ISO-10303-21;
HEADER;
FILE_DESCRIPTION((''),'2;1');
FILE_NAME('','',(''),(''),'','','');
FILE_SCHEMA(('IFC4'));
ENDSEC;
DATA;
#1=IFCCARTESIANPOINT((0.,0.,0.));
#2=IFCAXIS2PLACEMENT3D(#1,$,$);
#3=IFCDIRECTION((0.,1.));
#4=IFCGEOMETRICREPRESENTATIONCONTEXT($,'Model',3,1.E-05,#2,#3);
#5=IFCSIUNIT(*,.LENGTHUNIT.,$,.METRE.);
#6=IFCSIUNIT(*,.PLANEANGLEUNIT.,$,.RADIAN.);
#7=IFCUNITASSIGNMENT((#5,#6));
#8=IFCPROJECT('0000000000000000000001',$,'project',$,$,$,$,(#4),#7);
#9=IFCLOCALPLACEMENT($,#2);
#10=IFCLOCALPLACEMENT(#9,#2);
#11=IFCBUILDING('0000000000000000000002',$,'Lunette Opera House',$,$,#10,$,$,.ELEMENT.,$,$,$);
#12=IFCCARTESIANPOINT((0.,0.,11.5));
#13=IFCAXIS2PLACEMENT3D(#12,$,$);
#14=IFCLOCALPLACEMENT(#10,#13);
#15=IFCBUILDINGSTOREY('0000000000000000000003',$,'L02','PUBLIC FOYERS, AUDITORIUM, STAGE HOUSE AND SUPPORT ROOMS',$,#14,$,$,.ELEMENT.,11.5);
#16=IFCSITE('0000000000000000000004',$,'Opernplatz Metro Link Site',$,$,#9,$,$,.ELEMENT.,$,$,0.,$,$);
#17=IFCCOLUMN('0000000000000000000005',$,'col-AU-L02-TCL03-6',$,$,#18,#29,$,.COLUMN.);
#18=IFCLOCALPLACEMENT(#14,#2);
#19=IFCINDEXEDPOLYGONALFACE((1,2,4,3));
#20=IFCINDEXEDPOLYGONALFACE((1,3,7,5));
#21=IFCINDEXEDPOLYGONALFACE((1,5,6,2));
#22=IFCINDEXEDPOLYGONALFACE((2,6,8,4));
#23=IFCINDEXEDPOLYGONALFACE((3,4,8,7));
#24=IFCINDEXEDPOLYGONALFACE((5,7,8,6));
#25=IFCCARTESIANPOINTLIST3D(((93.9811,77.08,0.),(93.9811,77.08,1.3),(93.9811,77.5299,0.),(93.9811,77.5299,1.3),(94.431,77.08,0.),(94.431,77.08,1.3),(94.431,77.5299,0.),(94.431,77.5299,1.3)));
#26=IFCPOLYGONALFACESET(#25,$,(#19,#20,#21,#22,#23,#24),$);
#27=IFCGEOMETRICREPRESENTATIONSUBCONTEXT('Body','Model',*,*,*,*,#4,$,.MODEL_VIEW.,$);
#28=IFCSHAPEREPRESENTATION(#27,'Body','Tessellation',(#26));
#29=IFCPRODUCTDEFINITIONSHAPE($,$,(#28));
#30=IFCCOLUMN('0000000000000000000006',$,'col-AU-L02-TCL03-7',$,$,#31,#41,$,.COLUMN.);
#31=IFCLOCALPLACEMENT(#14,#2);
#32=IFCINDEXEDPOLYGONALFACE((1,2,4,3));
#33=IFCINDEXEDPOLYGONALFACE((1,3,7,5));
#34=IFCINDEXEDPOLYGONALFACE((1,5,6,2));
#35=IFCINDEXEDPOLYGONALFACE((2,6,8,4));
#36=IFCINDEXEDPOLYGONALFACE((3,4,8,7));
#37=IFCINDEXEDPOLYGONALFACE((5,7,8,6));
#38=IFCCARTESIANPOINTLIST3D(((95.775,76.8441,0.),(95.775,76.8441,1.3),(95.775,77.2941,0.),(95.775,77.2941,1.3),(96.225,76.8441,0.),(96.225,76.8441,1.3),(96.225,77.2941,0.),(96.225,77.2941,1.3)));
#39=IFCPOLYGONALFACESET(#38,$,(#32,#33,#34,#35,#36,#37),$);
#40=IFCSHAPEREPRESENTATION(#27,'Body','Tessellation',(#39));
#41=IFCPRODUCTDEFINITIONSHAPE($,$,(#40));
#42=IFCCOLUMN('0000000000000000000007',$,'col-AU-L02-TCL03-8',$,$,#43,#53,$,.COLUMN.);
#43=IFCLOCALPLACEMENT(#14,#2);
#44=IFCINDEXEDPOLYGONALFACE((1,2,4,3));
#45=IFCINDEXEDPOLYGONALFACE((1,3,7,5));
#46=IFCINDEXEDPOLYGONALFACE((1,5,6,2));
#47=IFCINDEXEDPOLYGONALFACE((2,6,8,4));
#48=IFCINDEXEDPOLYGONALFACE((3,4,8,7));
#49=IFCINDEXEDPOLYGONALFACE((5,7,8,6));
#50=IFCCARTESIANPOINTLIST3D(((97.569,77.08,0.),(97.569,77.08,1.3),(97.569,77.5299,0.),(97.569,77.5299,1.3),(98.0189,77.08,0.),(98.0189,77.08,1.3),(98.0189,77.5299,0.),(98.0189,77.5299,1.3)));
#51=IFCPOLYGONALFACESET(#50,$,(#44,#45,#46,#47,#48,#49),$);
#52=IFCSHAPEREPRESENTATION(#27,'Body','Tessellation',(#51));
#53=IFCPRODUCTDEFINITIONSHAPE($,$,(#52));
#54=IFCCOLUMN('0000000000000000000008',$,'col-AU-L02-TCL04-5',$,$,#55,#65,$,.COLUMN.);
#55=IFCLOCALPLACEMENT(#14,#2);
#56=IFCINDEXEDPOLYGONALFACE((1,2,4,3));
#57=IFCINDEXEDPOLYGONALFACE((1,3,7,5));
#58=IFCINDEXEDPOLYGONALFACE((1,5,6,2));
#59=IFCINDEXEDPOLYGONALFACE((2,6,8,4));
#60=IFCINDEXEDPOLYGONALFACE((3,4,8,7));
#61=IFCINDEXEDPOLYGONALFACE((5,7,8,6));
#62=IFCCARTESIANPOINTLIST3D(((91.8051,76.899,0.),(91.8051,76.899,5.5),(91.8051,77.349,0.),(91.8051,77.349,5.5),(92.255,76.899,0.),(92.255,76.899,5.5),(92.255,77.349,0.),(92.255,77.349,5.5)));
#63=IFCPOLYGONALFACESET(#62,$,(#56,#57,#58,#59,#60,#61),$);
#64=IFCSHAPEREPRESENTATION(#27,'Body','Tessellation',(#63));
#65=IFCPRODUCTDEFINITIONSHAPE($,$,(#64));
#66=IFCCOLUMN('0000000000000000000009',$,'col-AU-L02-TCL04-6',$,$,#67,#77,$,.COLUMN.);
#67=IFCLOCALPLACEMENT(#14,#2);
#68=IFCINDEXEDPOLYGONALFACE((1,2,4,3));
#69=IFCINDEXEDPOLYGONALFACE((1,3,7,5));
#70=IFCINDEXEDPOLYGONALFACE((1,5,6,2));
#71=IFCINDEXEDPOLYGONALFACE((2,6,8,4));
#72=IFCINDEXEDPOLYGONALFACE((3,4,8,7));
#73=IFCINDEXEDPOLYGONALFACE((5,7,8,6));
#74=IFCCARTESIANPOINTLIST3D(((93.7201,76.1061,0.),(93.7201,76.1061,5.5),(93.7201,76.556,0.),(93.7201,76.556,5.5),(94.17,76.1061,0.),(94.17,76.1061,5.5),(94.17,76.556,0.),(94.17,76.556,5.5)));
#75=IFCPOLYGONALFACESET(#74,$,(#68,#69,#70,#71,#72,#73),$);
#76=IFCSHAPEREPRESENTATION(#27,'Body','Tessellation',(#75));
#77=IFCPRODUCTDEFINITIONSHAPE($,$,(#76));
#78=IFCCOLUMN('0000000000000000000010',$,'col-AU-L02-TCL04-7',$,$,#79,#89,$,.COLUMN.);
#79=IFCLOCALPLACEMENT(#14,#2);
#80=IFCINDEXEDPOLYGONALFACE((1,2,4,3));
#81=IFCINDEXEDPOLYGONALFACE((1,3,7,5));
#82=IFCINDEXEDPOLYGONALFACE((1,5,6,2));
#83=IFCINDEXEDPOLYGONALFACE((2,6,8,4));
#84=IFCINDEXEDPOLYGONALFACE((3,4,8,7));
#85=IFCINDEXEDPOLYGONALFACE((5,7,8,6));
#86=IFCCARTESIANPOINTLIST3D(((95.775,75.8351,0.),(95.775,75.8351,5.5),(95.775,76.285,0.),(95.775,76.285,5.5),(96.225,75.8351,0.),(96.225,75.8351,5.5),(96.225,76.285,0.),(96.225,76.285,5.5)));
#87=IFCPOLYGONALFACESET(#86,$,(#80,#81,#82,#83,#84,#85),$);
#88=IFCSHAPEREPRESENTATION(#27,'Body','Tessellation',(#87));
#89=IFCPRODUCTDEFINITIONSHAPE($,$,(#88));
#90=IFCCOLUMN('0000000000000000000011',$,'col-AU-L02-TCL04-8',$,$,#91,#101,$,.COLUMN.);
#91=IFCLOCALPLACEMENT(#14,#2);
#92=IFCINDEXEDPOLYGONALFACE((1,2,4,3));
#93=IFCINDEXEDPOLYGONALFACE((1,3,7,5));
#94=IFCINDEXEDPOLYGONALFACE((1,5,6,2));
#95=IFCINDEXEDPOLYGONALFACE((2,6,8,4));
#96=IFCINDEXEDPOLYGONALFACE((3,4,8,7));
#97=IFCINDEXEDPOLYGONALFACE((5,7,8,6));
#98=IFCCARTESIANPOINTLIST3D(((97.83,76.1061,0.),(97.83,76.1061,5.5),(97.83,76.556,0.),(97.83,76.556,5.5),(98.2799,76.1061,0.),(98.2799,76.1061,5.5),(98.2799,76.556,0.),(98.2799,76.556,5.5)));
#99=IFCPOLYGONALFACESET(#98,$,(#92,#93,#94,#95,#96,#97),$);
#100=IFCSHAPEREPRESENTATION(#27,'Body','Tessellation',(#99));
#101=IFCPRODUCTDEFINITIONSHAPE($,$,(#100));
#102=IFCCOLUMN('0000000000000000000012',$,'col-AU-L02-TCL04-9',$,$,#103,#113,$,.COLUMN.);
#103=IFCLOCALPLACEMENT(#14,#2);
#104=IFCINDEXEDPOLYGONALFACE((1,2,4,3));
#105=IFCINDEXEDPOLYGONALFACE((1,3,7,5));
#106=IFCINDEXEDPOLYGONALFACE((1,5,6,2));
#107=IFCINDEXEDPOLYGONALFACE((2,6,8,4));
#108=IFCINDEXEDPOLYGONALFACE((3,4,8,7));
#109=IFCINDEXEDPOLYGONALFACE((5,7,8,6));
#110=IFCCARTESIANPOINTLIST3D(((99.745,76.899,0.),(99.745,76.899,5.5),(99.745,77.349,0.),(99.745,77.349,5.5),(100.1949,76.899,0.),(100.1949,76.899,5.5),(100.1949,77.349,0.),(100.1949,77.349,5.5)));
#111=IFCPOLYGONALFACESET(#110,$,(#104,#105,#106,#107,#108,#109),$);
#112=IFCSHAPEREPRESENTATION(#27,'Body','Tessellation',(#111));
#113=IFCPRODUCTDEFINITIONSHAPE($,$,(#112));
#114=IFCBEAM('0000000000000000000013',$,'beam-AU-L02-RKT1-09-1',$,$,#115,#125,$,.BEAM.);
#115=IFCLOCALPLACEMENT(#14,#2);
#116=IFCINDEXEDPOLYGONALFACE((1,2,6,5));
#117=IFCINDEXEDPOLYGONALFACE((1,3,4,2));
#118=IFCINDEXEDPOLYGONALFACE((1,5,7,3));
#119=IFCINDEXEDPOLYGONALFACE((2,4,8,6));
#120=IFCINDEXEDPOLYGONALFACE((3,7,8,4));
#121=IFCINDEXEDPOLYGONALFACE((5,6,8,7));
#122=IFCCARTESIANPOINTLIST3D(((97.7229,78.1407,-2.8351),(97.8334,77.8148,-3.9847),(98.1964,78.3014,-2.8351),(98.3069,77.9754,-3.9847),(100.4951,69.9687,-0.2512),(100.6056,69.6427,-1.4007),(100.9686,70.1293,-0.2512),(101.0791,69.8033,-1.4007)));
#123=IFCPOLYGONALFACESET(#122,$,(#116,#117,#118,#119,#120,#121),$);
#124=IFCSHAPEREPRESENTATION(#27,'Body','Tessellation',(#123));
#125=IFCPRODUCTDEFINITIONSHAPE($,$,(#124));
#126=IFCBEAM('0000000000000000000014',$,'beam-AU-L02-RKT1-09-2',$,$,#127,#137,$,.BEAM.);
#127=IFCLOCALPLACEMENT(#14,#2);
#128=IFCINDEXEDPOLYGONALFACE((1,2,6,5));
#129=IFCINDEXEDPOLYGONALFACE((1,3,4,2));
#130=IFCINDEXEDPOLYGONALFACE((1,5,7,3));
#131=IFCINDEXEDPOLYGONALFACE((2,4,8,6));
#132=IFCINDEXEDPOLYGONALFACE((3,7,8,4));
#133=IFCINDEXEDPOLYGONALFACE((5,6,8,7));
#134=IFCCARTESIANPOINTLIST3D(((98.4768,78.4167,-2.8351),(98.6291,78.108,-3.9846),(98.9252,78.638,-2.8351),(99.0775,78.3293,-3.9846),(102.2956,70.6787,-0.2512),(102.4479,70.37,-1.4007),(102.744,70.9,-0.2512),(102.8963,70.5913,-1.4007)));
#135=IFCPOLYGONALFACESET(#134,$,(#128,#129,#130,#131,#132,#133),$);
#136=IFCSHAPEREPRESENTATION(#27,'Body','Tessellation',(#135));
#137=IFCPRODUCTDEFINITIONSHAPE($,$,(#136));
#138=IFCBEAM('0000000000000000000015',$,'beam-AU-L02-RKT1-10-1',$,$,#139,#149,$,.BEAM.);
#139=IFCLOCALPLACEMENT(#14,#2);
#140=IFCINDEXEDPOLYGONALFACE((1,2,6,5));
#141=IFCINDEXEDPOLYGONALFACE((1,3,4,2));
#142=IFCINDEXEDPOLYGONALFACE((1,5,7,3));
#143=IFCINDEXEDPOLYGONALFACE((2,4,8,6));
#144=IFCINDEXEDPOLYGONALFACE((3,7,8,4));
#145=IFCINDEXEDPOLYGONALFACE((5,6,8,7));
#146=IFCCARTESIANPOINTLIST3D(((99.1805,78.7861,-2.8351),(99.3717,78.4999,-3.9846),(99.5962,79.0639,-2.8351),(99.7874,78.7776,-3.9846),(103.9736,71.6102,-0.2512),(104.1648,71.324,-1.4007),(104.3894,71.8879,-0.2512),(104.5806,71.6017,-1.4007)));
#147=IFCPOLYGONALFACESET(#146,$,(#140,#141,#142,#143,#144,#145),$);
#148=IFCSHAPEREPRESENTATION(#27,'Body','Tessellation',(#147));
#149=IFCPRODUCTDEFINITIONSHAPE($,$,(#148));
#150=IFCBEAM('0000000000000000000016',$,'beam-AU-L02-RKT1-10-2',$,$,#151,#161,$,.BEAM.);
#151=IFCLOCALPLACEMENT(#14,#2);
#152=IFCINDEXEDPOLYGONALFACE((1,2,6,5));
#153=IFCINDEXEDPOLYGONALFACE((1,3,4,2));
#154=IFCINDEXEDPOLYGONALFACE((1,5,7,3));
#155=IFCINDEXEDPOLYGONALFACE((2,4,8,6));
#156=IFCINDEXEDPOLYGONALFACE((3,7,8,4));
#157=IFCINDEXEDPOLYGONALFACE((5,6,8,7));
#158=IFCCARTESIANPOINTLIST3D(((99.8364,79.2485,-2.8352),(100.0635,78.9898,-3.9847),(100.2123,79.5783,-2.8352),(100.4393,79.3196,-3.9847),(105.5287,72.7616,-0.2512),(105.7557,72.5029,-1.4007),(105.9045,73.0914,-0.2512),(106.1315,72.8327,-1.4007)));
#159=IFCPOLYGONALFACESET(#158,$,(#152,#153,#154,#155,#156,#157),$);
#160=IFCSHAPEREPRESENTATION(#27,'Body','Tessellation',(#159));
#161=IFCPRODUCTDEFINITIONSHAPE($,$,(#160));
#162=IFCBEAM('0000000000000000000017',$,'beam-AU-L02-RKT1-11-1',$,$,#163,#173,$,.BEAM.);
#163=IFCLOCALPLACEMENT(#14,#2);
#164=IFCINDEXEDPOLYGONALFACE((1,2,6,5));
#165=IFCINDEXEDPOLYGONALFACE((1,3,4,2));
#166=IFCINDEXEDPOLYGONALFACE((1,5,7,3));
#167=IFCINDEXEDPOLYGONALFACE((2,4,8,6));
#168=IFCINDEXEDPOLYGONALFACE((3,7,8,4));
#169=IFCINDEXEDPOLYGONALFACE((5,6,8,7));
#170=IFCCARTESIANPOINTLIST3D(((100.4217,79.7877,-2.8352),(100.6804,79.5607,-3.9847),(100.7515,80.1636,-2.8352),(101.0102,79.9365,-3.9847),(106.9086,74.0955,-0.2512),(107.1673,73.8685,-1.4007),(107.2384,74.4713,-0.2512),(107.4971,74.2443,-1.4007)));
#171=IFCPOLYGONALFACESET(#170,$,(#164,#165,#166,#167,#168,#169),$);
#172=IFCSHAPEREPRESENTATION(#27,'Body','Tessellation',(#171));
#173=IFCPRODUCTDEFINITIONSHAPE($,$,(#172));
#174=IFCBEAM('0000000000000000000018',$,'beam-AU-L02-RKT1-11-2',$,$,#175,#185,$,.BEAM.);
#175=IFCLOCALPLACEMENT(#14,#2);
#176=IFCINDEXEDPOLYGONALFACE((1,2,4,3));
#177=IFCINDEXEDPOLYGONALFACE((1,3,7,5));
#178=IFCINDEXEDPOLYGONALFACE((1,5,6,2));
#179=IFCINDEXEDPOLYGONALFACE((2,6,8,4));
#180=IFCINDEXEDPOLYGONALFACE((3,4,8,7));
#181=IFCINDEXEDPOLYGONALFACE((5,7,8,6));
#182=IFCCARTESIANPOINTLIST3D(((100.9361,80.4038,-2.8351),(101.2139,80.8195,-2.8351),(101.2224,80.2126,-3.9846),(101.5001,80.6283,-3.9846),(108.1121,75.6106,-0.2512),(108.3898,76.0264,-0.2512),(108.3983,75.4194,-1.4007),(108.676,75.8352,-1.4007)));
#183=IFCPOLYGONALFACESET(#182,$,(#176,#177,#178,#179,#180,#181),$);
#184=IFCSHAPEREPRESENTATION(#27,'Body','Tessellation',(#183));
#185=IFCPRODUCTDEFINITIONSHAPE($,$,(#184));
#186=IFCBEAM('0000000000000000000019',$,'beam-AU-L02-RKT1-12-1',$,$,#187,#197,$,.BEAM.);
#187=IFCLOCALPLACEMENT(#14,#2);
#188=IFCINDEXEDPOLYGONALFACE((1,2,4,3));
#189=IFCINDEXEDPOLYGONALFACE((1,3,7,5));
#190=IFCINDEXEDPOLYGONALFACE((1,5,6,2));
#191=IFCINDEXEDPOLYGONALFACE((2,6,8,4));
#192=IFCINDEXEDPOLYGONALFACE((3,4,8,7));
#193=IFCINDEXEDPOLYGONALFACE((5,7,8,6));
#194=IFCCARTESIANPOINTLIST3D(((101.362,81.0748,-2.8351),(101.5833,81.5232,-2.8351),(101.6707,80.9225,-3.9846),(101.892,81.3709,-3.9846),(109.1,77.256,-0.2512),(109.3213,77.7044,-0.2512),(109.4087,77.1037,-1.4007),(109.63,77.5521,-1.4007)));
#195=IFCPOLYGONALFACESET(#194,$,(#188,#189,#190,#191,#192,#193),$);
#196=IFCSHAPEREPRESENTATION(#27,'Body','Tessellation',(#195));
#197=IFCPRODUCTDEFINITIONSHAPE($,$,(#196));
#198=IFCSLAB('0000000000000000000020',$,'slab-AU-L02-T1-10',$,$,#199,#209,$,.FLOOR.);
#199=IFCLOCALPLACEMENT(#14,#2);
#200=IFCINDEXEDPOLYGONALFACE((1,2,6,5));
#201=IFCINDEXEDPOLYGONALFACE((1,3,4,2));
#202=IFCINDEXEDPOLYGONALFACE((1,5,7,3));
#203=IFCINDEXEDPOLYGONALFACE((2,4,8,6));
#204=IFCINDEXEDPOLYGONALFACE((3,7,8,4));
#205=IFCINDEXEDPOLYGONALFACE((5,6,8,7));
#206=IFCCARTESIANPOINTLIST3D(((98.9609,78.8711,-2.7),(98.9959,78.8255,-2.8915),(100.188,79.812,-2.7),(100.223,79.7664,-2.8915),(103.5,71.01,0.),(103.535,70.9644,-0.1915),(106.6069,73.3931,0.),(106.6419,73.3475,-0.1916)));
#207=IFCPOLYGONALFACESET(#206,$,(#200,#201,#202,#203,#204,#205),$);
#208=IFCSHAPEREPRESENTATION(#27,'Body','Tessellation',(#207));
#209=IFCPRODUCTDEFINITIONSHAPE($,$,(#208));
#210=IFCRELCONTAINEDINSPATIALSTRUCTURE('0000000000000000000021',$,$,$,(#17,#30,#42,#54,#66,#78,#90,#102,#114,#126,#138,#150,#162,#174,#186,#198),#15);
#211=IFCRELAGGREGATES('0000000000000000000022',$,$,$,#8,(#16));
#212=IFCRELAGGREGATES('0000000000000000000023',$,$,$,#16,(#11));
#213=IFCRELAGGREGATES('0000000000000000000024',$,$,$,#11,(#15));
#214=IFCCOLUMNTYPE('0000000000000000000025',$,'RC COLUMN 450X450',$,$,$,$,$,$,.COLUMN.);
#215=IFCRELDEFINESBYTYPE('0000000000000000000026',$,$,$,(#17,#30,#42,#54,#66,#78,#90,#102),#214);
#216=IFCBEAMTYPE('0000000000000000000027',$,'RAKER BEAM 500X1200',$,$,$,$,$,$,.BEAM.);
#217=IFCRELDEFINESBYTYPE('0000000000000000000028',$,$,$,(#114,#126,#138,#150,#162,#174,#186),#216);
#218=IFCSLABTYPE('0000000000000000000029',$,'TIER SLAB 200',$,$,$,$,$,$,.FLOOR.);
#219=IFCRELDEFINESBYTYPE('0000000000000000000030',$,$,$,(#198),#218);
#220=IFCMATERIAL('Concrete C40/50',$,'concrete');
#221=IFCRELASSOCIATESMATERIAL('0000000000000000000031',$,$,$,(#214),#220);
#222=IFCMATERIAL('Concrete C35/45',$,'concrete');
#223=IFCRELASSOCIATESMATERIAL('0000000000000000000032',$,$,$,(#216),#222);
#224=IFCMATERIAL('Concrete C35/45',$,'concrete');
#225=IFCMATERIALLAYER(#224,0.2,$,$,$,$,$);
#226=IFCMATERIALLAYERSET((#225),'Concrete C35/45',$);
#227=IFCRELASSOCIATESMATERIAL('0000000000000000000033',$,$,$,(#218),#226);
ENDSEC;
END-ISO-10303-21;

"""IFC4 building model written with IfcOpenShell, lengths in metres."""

from ifc_helpers import new_model, si_unit, direction, frame, origin, origin_2d, place, context, subcontext, project, spatial, polyline, rectangle, outline, extrude, material, layer, layer_set, material_profile, profile_set, type_object, element, save


model = new_model("IFC4")

# Units and contexts
model_context = context("Model", 3, precision=1e-05, world=origin(), true_north=direction((0.0, 1.0)))
body_context = subcontext(model_context, "Body", "Model", "MODEL_VIEW")
ifc_project = project(units=[si_unit("LENGTHUNIT", "METRE"), si_unit("PLANEANGLEUNIT", "RADIAN")], contexts=[model_context])

# Site, building, storey
site_placement = place(None, origin())
site = spatial("IfcSite", under=ifc_project, at=site_placement, Name="Opernplatz Metro Link Site", CompositionType="ELEMENT", RefElevation=0.0)
building_placement = place(site_placement, origin())
building = spatial("IfcBuilding", under=site, at=building_placement, Name="Lunette Opera House", CompositionType="ELEMENT")
storey_placement = place(building_placement, frame((0.0, 0.0, 11.5)))
storey = spatial("IfcBuildingStorey", under=building, at=storey_placement, Name="L02", Description="PUBLIC FOYERS, AUDITORIUM, STAGE HOUSE AND SUPPORT ROOMS", CompositionType="ELEMENT", Elevation=11.5)

# Columns
ifc_material_1 = material(Name="Concrete C40/50", Category="concrete")
ifc_material_profile_1 = material_profile(ifc_material_1, rectangle(XDim=0.45, YDim=0.45, at=origin_2d()), Name="RC COLUMN 450X450")
ifc_profile_set_1 = profile_set([ifc_material_profile_1], Name="Concrete C40/50")
column_type = type_object("IfcColumnType", Name="RC COLUMN 450X450", PredefinedType="COLUMN", material=ifc_profile_set_1)
for number, where, z_axis, x_axis, name in (
    (1, (94.2061, 77.3049, 0.0), (0.0, 0.0, 1.0), (1.0, 0.0, 0.0), "col-AU-L02-TCL03-6"),
    (2, (96.0, 77.0691, 0.0), (0.0, 0.0, 1.0), (1.0, 0.0, 0.0), "col-AU-L02-TCL03-7"),
    (3, (97.7939, 77.3049, 0.0), (0.0, 0.0, 1.0), (1.0, 0.0, 0.0), "col-AU-L02-TCL03-8"),
):
    element("IfcColumn", number, at=place(storey_placement, frame(where, z_axis=z_axis, x_axis=x_axis)), inside=storey, type_object=column_type, Name=name, PredefinedType="COLUMN", context=body_context, shape_type="SweptSolid", body=[
        extrude(rectangle(XDim=0.45, YDim=0.45, at=origin_2d()), origin(), (0.0, 0.0, 1.0), 1.3),
    ])
for number, where, z_axis, x_axis, name in (
    (4, (92.03, 77.124, 0.0), (0.0, 0.0, 1.0), (1.0, 0.0, 0.0), "col-AU-L02-TCL04-5"),
    (5, (93.9451, 76.3311, 0.0), (0.0, 0.0, 1.0), (1.0, 0.0, 0.0), "col-AU-L02-TCL04-6"),
    (6, (96.0, 76.0601, 0.0), (0.0, 0.0, 1.0), (1.0, 0.0, 0.0), "col-AU-L02-TCL04-7"),
    (7, (98.0549, 76.3311, 0.0), (0.0, 0.0, 1.0), (1.0, 0.0, 0.0), "col-AU-L02-TCL04-8"),
    (8, (99.97, 77.124, 0.0), (0.0, 0.0, 1.0), (1.0, 0.0, 0.0), "col-AU-L02-TCL04-9"),
):
    element("IfcColumn", number, at=place(storey_placement, frame(where, z_axis=z_axis, x_axis=x_axis)), inside=storey, type_object=column_type, Name=name, PredefinedType="COLUMN", context=body_context, shape_type="SweptSolid", body=[
        extrude(rectangle(XDim=0.45, YDim=0.45, at=origin_2d()), origin(), (0.0, 0.0, 1.0), 5.5),
    ])

# Beams
ifc_material_2 = material(Name="Concrete C35/45", Category="concrete")
ifc_material_profile_2 = material_profile(ifc_material_2, rectangle(XDim=0.5, YDim=1.2, at=origin_2d()), Name="RAKER BEAM 500X1200")
ifc_profile_set_2 = profile_set([ifc_material_profile_2], Name="Concrete C35/45")
beam_type = type_object("IfcBeamType", Name="RAKER BEAM 500X1200", PredefinedType="BEAM", material=ifc_profile_set_2)
beam_1_placement = place(storey_placement, frame((100.7871, 69.886, -0.8259), z_axis=(-0.307747, 0.907198, -0.286852), x_axis=(-0.946995, -0.321248, 0.0)))
element("IfcBeam", 9, at=beam_1_placement, inside=storey, type_object=beam_type, Name="beam-AU-L02-RKT1-09-1", PredefinedType="BEAM", context=body_context, shape_type="SweptSolid", body=[
    extrude(rectangle(XDim=0.5, YDim=1.2, at=origin_2d()), origin(), (0.0, 0.0, 1.0), 9.0081),
])
beam_2_placement = place(storey_placement, frame((102.5959, 70.635, -0.8259), z_axis=(-0.423956, 0.859052, -0.286865), x_axis=(-0.896741, -0.442556, 0.0)))
element("IfcBeam", 10, at=beam_2_placement, inside=storey, type_object=beam_type, Name="beam-AU-L02-RKT1-09-2", PredefinedType="BEAM", context=body_context, shape_type="SweptSolid", body=[
    extrude(rectangle(XDim=0.5, YDim=1.2, at=origin_2d()), origin(), (0.0, 0.0, 1.0), 9.0076),
])
beam_3_placement = place(storey_placement, frame((104.2771, 71.606, -0.8259), z_axis=(-0.532096, 0.796613, -0.286849), x_axis=(-0.831558, -0.555438, 0.0)))
element("IfcBeam", 11, at=beam_3_placement, inside=storey, type_object=beam_type, Name="beam-AU-L02-RKT1-10-1", PredefinedType="BEAM", context=body_context, shape_type="SweptSolid", body=[
    extrude(rectangle(XDim=0.5, YDim=1.2, at=origin_2d()), origin(), (0.0, 0.0, 1.0), 9.0081),
])
for number, where, z_axis, x_axis, name in (
    (12, (105.8301, 72.7971, -0.8259), (-0.631851, 0.720063, -0.286833), (-0.751647, -0.659565, 0.0), "beam-AU-L02-RKT1-10-2"),
    (13, (107.2029, 74.1699, -0.8259), (-0.720063, 0.631851, -0.286833), (-0.659565, -0.751647, 0.0), "beam-AU-L02-RKT1-11-1"),
):
    element("IfcBeam", number, at=place(storey_placement, frame(where, z_axis=z_axis, x_axis=x_axis)), inside=storey, type_object=beam_type, Name=name, PredefinedType="BEAM", context=body_context, shape_type="SweptSolid", body=[
        extrude(rectangle(XDim=0.5, YDim=1.2, at=origin_2d()), origin(), (0.0, 0.0, 1.0), 9.0088),
    ])
beam_4_placement = place(storey_placement, frame((108.394, 75.7229, -0.8259), z_axis=(-0.796613, 0.532096, -0.286849), x_axis=(-0.555438, -0.831558, 0.0)))
element("IfcBeam", 14, at=beam_4_placement, inside=storey, type_object=beam_type, Name="beam-AU-L02-RKT1-11-2", PredefinedType="BEAM", context=body_context, shape_type="SweptSolid", body=[
    extrude(rectangle(XDim=0.5, YDim=1.2, at=origin_2d()), origin(), (0.0, 0.0, 1.0), 9.0081),
])
beam_5_placement = place(storey_placement, frame((109.365, 77.4041, -0.8259), z_axis=(-0.859052, 0.423956, -0.286865), x_axis=(-0.442556, -0.896741, 0.0)))
element("IfcBeam", 15, at=beam_5_placement, inside=storey, type_object=beam_type, Name="beam-AU-L02-RKT1-12-1", PredefinedType="BEAM", context=body_context, shape_type="SweptSolid", body=[
    extrude(rectangle(XDim=0.5, YDim=1.2, at=origin_2d()), origin(), (0.0, 0.0, 1.0), 9.0076),
])

# Slab
ifc_material_3 = material(Name="Concrete C35/45", Category="concrete")
ifc_layer_1 = layer(ifc_material_3, 0.2)
ifc_layer_set_1 = layer_set([ifc_layer_1], Name="Concrete C35/45")
slab_type = type_object("IfcSlabType", Name="TIER SLAB 200", PredefinedType="FLOOR", material=ifc_layer_set_1)
slab_1_placement = place(storey_placement, frame((103.5, 71.01, 0.0), z_axis=(-0.174871, 0.228006, 0.957827), x_axis=(0.793476, 0.608602, -0.00001)))
element("IfcSlab", 16, at=slab_1_placement, inside=storey, type_object=slab_type, Name="slab-AU-L02-T1-10", PredefinedType="FLOOR", context=body_context, shape_type="SweptSolid", body=[
    extrude(outline(polyline([(0.0, 0.0), (3.9156, 0.0), (2.7289, 9.3961), (1.1827, 9.3963), (0.0, 0.0)])), origin(), (0.0, 0.0, -1.0), 0.2),
])

save(model, "model.ifc")
